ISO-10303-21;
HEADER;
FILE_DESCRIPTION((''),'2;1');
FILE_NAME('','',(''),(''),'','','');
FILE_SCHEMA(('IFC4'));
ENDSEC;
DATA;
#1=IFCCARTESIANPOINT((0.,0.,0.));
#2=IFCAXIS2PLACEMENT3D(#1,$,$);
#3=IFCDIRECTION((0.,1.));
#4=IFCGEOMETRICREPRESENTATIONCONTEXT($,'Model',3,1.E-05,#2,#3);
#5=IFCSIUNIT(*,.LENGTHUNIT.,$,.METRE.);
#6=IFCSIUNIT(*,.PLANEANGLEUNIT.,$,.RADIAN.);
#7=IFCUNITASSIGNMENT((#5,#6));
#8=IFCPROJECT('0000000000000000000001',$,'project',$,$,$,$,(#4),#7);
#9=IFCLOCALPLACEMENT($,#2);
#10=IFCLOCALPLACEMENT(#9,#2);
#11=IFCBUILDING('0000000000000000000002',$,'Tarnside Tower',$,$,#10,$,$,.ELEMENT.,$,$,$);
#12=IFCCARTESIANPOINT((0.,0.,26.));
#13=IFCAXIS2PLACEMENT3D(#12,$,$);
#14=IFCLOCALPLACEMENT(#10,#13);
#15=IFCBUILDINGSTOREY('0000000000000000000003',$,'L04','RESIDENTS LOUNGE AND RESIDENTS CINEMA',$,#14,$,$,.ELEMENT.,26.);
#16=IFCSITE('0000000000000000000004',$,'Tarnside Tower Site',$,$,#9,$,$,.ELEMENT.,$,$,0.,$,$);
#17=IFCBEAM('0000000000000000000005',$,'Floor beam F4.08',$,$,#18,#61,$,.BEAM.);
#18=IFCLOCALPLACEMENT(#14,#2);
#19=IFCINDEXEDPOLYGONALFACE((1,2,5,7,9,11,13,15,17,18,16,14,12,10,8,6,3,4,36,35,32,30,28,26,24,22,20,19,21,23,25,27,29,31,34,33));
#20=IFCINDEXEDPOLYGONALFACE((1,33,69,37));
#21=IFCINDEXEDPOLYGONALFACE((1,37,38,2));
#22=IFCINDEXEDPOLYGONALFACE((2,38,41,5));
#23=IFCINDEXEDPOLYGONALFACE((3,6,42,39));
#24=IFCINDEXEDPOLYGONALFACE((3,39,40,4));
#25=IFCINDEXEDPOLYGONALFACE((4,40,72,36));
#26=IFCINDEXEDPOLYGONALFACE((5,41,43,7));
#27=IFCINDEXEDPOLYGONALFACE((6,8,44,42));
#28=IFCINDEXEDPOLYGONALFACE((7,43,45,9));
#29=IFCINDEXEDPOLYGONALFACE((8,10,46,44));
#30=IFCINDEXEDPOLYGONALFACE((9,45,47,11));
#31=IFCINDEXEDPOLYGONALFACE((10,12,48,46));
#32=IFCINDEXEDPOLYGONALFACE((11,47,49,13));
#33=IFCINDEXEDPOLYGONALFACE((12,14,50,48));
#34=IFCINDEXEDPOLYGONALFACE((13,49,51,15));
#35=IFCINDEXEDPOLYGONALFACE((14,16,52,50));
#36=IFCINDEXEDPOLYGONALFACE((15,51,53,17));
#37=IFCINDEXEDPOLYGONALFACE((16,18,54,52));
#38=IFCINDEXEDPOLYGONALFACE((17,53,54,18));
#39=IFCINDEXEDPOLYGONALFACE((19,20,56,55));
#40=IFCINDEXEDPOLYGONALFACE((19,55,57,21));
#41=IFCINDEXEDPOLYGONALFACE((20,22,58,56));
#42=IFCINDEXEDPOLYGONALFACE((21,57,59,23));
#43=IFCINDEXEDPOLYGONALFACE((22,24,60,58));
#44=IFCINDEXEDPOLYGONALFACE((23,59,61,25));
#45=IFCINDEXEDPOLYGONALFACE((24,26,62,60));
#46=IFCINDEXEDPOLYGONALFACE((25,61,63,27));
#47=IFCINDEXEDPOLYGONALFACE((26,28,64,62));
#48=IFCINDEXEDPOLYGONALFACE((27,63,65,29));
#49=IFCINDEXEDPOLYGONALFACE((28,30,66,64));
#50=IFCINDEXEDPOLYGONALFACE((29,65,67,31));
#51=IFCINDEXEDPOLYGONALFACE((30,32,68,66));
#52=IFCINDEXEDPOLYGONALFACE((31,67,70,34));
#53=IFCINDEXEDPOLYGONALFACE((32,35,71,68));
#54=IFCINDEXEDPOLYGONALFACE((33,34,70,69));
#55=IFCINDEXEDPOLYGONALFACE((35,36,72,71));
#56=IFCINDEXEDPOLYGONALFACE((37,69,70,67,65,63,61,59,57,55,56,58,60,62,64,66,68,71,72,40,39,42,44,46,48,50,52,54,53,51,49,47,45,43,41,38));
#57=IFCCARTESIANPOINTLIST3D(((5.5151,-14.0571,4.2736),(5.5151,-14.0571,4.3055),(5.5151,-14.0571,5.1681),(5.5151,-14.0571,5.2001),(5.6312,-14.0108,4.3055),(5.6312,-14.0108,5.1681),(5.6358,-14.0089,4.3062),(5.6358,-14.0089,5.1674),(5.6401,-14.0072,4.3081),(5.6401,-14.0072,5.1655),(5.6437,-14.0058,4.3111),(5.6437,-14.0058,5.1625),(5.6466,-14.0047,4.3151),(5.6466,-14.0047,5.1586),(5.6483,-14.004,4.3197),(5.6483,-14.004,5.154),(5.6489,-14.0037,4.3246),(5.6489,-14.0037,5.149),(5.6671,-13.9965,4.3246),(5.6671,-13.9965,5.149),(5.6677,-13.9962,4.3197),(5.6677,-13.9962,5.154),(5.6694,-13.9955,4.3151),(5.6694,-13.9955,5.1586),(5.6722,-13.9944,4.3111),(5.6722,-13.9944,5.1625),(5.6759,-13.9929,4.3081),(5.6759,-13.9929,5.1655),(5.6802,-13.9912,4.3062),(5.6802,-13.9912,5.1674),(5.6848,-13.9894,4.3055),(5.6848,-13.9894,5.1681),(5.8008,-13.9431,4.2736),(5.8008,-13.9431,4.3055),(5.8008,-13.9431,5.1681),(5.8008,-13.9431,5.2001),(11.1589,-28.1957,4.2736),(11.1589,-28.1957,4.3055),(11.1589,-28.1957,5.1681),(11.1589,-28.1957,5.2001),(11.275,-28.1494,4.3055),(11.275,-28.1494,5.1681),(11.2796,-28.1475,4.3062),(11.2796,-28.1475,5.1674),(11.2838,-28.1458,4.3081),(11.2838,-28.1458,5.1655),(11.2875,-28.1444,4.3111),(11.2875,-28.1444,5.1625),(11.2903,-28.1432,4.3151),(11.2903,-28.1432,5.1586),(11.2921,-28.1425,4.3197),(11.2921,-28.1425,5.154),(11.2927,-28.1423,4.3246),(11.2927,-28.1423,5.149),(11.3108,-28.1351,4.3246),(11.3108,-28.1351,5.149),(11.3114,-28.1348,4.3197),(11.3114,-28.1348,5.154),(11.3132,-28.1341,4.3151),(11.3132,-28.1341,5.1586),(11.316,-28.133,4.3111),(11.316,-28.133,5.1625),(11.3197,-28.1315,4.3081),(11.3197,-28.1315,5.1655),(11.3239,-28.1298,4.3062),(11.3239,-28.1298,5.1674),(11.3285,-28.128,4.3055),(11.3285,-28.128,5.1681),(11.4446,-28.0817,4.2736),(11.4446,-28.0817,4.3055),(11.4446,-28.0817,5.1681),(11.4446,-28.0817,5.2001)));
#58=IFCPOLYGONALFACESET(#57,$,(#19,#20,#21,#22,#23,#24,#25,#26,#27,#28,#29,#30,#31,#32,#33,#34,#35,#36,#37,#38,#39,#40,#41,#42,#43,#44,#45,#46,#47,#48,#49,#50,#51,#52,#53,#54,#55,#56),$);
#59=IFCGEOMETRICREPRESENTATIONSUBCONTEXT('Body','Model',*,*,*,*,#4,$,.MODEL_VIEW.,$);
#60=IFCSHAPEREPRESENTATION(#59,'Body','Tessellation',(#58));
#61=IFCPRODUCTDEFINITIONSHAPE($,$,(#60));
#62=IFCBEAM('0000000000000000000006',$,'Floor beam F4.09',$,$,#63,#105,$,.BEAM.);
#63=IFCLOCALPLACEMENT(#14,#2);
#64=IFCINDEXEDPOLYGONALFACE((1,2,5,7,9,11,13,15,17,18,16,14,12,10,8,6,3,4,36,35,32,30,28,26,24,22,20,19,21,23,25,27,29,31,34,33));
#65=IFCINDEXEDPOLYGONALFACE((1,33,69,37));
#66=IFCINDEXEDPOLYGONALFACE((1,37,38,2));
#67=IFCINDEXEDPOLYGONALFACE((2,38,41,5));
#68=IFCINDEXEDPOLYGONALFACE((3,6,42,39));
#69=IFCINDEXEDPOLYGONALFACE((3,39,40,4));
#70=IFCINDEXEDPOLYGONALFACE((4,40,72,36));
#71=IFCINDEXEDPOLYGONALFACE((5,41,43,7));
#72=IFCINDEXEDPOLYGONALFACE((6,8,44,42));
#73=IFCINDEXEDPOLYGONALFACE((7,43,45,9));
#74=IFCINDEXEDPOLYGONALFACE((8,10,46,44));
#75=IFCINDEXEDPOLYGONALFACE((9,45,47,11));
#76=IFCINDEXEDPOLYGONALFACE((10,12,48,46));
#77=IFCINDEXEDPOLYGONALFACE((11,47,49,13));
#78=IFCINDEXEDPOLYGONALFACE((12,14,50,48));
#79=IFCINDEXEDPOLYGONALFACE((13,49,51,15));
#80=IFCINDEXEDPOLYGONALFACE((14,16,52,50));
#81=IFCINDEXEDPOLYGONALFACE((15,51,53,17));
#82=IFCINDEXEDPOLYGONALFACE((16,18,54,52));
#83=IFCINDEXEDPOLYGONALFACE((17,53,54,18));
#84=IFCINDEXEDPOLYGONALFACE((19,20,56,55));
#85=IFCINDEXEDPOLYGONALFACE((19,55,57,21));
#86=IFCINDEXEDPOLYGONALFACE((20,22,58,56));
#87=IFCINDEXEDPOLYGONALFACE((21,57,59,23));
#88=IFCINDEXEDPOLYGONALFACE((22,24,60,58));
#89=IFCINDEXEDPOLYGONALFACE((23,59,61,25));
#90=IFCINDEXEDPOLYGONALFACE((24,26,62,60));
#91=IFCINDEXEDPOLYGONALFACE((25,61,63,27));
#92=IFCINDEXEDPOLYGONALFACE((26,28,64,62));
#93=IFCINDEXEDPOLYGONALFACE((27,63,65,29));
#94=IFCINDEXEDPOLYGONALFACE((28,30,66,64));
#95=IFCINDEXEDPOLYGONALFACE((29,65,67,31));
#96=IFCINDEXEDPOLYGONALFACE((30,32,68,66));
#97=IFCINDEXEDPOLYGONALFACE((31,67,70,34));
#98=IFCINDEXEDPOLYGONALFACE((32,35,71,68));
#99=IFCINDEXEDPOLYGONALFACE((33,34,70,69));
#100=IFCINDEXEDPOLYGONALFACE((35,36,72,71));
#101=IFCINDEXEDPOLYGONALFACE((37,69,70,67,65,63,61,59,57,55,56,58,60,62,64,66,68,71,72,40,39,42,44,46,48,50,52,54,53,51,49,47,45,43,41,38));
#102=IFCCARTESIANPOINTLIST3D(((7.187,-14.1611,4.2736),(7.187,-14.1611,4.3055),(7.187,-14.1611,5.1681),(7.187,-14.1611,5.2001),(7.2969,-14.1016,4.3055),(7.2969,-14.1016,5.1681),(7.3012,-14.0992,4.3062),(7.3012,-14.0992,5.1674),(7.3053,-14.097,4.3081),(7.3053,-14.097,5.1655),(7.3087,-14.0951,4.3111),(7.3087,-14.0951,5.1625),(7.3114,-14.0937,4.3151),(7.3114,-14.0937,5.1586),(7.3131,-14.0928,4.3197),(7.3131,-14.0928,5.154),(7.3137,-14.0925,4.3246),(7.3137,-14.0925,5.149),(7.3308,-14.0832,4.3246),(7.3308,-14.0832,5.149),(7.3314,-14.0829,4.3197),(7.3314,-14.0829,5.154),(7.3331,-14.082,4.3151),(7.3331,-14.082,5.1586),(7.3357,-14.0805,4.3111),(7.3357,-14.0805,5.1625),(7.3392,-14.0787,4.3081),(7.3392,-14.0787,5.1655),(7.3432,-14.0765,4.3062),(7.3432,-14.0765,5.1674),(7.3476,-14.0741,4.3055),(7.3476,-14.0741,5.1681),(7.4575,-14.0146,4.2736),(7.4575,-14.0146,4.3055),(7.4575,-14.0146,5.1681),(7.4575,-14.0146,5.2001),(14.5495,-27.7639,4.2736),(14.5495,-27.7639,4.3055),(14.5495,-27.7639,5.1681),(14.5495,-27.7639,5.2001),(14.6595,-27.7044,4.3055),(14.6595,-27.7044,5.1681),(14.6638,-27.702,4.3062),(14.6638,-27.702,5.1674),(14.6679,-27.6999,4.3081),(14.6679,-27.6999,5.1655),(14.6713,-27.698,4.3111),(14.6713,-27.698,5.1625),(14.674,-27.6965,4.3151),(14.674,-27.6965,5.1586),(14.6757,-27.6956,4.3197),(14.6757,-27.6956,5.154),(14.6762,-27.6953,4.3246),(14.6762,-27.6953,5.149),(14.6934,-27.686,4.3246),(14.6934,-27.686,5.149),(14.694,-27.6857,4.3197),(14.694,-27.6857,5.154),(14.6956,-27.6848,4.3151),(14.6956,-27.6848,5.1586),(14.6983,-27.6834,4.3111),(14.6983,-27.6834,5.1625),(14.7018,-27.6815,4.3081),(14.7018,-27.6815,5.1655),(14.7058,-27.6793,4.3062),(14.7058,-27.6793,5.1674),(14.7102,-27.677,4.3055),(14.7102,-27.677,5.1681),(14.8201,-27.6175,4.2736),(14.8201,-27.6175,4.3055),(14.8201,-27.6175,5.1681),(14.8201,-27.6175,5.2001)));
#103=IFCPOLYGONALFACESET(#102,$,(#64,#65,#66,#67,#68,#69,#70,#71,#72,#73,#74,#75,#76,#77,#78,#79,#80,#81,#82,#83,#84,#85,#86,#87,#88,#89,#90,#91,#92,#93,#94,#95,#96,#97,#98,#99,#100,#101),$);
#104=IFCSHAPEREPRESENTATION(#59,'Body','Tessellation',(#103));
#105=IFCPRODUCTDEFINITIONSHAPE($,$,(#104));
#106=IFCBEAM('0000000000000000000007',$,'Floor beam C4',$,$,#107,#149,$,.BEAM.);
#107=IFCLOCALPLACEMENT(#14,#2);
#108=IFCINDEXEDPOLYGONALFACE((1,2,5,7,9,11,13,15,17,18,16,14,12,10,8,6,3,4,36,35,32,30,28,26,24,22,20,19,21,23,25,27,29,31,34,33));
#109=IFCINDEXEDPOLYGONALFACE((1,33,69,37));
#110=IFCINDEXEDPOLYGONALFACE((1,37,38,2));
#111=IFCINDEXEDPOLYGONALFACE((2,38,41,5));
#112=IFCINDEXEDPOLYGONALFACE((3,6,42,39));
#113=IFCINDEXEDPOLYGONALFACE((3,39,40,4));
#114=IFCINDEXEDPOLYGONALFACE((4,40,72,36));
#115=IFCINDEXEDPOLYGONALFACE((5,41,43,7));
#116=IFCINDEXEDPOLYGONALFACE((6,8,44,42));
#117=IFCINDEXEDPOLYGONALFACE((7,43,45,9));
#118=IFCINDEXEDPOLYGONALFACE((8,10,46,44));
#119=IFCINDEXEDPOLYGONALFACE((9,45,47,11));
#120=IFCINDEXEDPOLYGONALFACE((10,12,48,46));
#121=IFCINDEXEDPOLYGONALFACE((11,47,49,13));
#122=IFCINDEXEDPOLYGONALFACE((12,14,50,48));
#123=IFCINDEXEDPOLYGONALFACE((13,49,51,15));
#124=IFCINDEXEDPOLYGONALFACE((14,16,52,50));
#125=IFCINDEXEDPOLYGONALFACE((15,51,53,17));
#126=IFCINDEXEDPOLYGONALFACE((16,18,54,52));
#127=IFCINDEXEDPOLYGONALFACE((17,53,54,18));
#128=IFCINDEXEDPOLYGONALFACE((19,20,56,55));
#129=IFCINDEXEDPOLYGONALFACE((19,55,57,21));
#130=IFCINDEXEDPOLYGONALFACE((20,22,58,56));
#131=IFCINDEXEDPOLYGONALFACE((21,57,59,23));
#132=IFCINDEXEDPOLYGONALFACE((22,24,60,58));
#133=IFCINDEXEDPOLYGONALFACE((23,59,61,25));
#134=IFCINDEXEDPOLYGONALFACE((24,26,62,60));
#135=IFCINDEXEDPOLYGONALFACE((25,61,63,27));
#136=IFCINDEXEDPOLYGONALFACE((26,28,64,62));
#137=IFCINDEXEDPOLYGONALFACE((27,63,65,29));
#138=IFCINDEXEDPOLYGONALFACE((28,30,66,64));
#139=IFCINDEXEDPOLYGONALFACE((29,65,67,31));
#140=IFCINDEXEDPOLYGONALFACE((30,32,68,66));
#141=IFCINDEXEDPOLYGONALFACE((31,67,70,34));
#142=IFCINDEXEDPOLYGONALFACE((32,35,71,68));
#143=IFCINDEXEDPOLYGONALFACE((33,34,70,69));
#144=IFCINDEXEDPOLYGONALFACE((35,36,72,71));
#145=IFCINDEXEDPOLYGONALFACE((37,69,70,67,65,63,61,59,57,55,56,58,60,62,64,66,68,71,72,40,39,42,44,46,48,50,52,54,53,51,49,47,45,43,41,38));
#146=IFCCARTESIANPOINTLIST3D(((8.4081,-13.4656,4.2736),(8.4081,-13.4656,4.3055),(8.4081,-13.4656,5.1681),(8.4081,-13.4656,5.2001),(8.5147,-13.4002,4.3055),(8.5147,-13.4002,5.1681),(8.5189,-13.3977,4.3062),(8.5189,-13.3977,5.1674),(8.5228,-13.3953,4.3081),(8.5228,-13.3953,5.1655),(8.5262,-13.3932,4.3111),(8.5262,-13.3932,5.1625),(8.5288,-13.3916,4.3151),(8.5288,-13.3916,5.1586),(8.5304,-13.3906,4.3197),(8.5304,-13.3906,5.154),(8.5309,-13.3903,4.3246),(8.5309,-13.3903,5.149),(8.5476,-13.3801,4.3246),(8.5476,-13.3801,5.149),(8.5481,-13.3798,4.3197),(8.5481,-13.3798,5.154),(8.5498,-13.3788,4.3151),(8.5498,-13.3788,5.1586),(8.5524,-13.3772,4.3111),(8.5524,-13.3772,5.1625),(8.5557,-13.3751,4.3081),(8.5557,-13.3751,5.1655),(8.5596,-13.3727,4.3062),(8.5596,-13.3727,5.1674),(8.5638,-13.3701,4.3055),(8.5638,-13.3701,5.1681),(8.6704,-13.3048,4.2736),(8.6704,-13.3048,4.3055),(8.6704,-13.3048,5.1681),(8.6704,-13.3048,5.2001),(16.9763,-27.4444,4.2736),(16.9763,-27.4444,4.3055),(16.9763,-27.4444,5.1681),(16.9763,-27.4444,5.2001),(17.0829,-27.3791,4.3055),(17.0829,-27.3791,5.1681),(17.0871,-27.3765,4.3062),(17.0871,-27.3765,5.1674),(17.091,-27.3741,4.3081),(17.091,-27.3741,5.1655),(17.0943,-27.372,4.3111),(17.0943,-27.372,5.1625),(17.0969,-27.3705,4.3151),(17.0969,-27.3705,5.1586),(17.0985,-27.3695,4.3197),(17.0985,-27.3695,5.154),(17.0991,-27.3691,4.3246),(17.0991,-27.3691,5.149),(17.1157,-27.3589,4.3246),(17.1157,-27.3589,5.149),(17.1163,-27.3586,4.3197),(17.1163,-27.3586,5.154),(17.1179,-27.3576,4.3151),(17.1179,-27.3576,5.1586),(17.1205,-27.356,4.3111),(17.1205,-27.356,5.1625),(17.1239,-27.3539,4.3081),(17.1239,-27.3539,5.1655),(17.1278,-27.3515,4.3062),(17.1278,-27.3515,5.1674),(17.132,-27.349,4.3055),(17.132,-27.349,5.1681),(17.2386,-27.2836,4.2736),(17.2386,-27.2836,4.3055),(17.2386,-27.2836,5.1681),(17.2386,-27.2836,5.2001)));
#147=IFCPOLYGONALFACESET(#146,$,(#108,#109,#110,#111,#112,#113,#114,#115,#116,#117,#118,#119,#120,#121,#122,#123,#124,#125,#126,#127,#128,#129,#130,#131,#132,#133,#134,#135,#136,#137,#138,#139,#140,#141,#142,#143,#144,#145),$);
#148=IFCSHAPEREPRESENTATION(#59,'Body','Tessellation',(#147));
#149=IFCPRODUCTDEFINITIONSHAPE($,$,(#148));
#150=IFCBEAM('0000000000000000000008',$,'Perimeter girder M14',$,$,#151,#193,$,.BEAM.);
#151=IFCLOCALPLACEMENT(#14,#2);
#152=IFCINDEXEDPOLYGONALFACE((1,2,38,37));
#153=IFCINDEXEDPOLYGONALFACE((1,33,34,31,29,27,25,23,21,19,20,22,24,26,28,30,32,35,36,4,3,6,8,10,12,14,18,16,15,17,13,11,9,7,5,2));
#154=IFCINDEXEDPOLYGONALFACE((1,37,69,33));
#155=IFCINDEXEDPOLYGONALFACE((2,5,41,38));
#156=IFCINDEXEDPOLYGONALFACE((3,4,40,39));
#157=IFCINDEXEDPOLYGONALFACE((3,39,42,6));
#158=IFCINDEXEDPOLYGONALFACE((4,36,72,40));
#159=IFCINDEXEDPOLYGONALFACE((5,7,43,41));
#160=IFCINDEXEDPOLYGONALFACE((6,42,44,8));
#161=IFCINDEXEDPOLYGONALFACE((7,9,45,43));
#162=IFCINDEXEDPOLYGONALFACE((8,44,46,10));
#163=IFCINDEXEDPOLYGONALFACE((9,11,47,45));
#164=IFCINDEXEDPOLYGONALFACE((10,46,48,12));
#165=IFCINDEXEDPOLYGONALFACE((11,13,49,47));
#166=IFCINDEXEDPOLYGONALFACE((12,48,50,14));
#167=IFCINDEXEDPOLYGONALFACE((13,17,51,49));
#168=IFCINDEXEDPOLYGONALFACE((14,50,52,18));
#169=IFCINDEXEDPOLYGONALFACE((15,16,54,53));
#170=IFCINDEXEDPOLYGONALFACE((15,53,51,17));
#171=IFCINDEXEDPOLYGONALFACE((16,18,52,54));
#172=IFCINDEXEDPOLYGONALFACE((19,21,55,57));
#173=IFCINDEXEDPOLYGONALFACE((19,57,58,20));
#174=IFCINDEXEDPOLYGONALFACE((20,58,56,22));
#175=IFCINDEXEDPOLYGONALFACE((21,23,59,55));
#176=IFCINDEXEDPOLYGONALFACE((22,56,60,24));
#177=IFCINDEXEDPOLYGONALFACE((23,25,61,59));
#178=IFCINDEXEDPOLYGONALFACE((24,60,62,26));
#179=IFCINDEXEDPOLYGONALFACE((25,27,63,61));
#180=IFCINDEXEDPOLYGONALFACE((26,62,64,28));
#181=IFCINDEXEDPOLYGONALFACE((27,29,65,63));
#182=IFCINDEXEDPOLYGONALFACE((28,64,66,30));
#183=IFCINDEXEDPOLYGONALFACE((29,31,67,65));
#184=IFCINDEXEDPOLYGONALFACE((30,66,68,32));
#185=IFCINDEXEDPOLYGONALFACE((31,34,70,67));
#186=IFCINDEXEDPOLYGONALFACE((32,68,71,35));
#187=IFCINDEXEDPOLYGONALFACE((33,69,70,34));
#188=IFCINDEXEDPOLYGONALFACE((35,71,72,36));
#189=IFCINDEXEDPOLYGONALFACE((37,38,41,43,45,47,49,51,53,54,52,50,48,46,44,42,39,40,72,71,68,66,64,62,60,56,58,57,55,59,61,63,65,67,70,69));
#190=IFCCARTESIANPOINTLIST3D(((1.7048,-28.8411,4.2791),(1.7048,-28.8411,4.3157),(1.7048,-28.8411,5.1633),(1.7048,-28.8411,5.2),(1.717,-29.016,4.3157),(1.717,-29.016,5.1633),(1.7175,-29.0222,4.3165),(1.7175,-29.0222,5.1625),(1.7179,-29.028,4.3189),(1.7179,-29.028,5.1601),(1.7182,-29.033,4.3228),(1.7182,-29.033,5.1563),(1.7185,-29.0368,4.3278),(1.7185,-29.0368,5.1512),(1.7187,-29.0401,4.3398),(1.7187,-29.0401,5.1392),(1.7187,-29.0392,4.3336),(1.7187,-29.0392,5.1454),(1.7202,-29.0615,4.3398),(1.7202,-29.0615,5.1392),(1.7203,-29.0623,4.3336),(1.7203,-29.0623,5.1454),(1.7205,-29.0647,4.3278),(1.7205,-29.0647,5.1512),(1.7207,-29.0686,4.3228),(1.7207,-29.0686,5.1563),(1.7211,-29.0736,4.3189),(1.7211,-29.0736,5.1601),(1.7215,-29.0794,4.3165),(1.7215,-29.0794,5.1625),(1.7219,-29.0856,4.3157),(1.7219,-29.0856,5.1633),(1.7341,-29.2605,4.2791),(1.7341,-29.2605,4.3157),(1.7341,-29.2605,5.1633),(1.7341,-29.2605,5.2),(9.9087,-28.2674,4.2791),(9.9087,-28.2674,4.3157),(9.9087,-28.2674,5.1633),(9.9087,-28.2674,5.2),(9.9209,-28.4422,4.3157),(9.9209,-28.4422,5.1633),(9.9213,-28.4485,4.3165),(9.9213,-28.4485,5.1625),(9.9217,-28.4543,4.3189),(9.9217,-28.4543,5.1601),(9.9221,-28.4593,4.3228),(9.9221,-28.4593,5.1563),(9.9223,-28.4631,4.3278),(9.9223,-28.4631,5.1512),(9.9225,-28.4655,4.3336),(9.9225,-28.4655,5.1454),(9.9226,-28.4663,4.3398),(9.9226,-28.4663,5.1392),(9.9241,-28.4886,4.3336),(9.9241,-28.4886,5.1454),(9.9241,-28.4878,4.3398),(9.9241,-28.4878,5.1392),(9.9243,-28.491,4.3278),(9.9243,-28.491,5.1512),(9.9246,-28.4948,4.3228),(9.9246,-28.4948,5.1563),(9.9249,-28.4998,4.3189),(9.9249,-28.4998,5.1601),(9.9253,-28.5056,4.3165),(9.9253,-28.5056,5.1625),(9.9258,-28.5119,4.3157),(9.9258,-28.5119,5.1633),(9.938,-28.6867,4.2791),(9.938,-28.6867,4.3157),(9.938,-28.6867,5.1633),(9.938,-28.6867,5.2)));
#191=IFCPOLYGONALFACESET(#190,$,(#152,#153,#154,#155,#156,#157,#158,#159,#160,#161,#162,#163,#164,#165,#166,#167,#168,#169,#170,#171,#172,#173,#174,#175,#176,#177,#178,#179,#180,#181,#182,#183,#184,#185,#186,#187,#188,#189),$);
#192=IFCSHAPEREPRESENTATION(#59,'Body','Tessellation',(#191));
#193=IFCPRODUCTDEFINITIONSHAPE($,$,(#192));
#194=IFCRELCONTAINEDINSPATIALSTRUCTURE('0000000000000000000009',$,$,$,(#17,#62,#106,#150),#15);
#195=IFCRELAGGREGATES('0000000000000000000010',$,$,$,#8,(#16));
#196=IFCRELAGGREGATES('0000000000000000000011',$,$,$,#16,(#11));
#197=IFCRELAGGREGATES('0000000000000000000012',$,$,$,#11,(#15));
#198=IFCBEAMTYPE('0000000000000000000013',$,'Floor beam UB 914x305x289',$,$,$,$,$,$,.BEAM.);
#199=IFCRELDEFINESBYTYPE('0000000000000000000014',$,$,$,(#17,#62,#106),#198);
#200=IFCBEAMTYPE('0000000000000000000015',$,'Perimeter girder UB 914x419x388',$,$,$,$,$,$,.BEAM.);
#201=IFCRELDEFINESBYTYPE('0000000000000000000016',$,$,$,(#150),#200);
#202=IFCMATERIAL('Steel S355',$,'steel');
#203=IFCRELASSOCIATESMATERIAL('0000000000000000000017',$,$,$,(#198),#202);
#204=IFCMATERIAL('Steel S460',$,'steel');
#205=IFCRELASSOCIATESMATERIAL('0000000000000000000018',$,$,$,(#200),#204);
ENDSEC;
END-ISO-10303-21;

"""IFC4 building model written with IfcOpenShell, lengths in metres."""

from ifc_helpers import new_model, si_unit, direction, frame, origin, origin_2d, place, context, subcontext, project, spatial, i_section, extrude, material, material_profile, profile_set, type_object, element, save


model = new_model("IFC4")

# Units and contexts
model_context = context("Model", 3, precision=1e-05, world=origin(), true_north=direction((0.0, 1.0)))
body_context = subcontext(model_context, "Body", "Model", "MODEL_VIEW")
ifc_project = project(units=[si_unit("LENGTHUNIT", "METRE"), si_unit("PLANEANGLEUNIT", "RADIAN")], contexts=[model_context])

# Site, building, storey
site_placement = place(None, origin())
site = spatial("IfcSite", under=ifc_project, at=site_placement, Name="Tarnside Tower Site", CompositionType="ELEMENT", RefElevation=0.0)
building_placement = place(site_placement, origin())
building = spatial("IfcBuilding", under=site, at=building_placement, Name="Tarnside Tower", CompositionType="ELEMENT")
storey_placement = place(building_placement, frame((0.0, 0.0, 26.0)))
storey = spatial("IfcBuildingStorey", under=building, at=storey_placement, Name="L04", Description="RESIDENTS LOUNGE AND RESIDENTS CINEMA", CompositionType="ELEMENT", Elevation=26.0)

# Beams
ifc_material_1 = material(Name="Steel S355", Category="steel")
ifc_material_profile_1 = material_profile(ifc_material_1, i_section(OverallWidth=0.3076, OverallDepth=0.9265, WebThickness=0.0195, FlangeThickness=0.032, FilletRadius=0.019, at=origin_2d()), Name="UB 914x305x289")
ifc_profile_set_1 = profile_set([ifc_material_profile_1], Name="Steel S355")
beam_type_1 = type_object("IfcBeamType", Name="Floor beam UB 914x305x289", PredefinedType="BEAM", material=ifc_profile_set_1)
beam_1_placement = place(storey_placement, frame((11.3018, -28.1387, 4.7368), z_axis=(-0.37073, 0.928741, 0.0), x_axis=(-0.928741, -0.37073, 0.0)))
element("IfcBeam", 1, at=beam_1_placement, inside=storey, type_object=beam_type_1, Name="Floor beam F4.08", PredefinedType="BEAM", context=body_context, shape_type="SweptSolid", body=[
    extrude(i_section(OverallWidth=0.3076, OverallDepth=0.9265, WebThickness=0.0195, FlangeThickness=0.032, FilletRadius=0.019, at=origin_2d()), origin(), (0.0, 0.0, 1.0), 15.2234),
])
beam_2_placement = place(storey_placement, frame((14.6848, -27.6907, 4.7368), z_axis=(-0.476002, 0.879444, 0.0), x_axis=(-0.879444, -0.476002, 0.0)))
element("IfcBeam", 2, at=beam_2_placement, inside=storey, type_object=beam_type_1, Name="Floor beam F4.09", PredefinedType="BEAM", context=body_context, shape_type="SweptSolid", body=[
    extrude(i_section(OverallWidth=0.3076, OverallDepth=0.9265, WebThickness=0.0195, FlangeThickness=0.032, FilletRadius=0.019, at=origin_2d()), origin(), (0.0, 0.0, 1.0), 15.4675),
])
beam_3_placement = place(storey_placement, frame((17.1074, -27.364, 4.7368), z_axis=(-0.522584, 0.852588, 0.0), x_axis=(-0.852588, -0.522584, 0.0)))
element("IfcBeam", 3, at=beam_3_placement, inside=storey, type_object=beam_type_1, Name="Floor beam C4", PredefinedType="BEAM", context=body_context, shape_type="SweptSolid", body=[
    extrude(i_section(OverallWidth=0.3076, OverallDepth=0.9265, WebThickness=0.0195, FlangeThickness=0.032, FilletRadius=0.019, at=origin_2d()), origin(), (0.0, 0.0, 1.0), 16.3958),
])
ifc_material_2 = material(Name="Steel S460", Category="steel")
ifc_material_profile_2 = material_profile(ifc_material_2, i_section(OverallWidth=0.4204, OverallDepth=0.9209, WebThickness=0.0215, FlangeThickness=0.0366, FilletRadius=0.0242, at=origin_2d()), Name="UB 914x419x388")
ifc_profile_set_2 = profile_set([ifc_material_profile_2], Name="Steel S460")
beam_type_2 = type_object("IfcBeamType", Name="Perimeter girder UB 914x419x388", PredefinedType="BEAM", material=ifc_profile_set_2)
beam_4_placement = place(storey_placement, frame((1.7195, -29.0508, 4.7395), z_axis=(0.997564, 0.069764, 0.0), x_axis=(-0.069764, 0.997564, 0.0)))
element("IfcBeam", 4, at=beam_4_placement, inside=storey, type_object=beam_type_2, Name="Perimeter girder M14", PredefinedType="BEAM", context=body_context, shape_type="SweptSolid", body=[
    extrude(i_section(OverallWidth=0.4204, OverallDepth=0.9209, WebThickness=0.0215, FlangeThickness=0.0366, FilletRadius=0.0242, at=origin_2d()), origin(), (0.0, 0.0, 1.0), 8.2239),
])

save(model, "model.ifc")
